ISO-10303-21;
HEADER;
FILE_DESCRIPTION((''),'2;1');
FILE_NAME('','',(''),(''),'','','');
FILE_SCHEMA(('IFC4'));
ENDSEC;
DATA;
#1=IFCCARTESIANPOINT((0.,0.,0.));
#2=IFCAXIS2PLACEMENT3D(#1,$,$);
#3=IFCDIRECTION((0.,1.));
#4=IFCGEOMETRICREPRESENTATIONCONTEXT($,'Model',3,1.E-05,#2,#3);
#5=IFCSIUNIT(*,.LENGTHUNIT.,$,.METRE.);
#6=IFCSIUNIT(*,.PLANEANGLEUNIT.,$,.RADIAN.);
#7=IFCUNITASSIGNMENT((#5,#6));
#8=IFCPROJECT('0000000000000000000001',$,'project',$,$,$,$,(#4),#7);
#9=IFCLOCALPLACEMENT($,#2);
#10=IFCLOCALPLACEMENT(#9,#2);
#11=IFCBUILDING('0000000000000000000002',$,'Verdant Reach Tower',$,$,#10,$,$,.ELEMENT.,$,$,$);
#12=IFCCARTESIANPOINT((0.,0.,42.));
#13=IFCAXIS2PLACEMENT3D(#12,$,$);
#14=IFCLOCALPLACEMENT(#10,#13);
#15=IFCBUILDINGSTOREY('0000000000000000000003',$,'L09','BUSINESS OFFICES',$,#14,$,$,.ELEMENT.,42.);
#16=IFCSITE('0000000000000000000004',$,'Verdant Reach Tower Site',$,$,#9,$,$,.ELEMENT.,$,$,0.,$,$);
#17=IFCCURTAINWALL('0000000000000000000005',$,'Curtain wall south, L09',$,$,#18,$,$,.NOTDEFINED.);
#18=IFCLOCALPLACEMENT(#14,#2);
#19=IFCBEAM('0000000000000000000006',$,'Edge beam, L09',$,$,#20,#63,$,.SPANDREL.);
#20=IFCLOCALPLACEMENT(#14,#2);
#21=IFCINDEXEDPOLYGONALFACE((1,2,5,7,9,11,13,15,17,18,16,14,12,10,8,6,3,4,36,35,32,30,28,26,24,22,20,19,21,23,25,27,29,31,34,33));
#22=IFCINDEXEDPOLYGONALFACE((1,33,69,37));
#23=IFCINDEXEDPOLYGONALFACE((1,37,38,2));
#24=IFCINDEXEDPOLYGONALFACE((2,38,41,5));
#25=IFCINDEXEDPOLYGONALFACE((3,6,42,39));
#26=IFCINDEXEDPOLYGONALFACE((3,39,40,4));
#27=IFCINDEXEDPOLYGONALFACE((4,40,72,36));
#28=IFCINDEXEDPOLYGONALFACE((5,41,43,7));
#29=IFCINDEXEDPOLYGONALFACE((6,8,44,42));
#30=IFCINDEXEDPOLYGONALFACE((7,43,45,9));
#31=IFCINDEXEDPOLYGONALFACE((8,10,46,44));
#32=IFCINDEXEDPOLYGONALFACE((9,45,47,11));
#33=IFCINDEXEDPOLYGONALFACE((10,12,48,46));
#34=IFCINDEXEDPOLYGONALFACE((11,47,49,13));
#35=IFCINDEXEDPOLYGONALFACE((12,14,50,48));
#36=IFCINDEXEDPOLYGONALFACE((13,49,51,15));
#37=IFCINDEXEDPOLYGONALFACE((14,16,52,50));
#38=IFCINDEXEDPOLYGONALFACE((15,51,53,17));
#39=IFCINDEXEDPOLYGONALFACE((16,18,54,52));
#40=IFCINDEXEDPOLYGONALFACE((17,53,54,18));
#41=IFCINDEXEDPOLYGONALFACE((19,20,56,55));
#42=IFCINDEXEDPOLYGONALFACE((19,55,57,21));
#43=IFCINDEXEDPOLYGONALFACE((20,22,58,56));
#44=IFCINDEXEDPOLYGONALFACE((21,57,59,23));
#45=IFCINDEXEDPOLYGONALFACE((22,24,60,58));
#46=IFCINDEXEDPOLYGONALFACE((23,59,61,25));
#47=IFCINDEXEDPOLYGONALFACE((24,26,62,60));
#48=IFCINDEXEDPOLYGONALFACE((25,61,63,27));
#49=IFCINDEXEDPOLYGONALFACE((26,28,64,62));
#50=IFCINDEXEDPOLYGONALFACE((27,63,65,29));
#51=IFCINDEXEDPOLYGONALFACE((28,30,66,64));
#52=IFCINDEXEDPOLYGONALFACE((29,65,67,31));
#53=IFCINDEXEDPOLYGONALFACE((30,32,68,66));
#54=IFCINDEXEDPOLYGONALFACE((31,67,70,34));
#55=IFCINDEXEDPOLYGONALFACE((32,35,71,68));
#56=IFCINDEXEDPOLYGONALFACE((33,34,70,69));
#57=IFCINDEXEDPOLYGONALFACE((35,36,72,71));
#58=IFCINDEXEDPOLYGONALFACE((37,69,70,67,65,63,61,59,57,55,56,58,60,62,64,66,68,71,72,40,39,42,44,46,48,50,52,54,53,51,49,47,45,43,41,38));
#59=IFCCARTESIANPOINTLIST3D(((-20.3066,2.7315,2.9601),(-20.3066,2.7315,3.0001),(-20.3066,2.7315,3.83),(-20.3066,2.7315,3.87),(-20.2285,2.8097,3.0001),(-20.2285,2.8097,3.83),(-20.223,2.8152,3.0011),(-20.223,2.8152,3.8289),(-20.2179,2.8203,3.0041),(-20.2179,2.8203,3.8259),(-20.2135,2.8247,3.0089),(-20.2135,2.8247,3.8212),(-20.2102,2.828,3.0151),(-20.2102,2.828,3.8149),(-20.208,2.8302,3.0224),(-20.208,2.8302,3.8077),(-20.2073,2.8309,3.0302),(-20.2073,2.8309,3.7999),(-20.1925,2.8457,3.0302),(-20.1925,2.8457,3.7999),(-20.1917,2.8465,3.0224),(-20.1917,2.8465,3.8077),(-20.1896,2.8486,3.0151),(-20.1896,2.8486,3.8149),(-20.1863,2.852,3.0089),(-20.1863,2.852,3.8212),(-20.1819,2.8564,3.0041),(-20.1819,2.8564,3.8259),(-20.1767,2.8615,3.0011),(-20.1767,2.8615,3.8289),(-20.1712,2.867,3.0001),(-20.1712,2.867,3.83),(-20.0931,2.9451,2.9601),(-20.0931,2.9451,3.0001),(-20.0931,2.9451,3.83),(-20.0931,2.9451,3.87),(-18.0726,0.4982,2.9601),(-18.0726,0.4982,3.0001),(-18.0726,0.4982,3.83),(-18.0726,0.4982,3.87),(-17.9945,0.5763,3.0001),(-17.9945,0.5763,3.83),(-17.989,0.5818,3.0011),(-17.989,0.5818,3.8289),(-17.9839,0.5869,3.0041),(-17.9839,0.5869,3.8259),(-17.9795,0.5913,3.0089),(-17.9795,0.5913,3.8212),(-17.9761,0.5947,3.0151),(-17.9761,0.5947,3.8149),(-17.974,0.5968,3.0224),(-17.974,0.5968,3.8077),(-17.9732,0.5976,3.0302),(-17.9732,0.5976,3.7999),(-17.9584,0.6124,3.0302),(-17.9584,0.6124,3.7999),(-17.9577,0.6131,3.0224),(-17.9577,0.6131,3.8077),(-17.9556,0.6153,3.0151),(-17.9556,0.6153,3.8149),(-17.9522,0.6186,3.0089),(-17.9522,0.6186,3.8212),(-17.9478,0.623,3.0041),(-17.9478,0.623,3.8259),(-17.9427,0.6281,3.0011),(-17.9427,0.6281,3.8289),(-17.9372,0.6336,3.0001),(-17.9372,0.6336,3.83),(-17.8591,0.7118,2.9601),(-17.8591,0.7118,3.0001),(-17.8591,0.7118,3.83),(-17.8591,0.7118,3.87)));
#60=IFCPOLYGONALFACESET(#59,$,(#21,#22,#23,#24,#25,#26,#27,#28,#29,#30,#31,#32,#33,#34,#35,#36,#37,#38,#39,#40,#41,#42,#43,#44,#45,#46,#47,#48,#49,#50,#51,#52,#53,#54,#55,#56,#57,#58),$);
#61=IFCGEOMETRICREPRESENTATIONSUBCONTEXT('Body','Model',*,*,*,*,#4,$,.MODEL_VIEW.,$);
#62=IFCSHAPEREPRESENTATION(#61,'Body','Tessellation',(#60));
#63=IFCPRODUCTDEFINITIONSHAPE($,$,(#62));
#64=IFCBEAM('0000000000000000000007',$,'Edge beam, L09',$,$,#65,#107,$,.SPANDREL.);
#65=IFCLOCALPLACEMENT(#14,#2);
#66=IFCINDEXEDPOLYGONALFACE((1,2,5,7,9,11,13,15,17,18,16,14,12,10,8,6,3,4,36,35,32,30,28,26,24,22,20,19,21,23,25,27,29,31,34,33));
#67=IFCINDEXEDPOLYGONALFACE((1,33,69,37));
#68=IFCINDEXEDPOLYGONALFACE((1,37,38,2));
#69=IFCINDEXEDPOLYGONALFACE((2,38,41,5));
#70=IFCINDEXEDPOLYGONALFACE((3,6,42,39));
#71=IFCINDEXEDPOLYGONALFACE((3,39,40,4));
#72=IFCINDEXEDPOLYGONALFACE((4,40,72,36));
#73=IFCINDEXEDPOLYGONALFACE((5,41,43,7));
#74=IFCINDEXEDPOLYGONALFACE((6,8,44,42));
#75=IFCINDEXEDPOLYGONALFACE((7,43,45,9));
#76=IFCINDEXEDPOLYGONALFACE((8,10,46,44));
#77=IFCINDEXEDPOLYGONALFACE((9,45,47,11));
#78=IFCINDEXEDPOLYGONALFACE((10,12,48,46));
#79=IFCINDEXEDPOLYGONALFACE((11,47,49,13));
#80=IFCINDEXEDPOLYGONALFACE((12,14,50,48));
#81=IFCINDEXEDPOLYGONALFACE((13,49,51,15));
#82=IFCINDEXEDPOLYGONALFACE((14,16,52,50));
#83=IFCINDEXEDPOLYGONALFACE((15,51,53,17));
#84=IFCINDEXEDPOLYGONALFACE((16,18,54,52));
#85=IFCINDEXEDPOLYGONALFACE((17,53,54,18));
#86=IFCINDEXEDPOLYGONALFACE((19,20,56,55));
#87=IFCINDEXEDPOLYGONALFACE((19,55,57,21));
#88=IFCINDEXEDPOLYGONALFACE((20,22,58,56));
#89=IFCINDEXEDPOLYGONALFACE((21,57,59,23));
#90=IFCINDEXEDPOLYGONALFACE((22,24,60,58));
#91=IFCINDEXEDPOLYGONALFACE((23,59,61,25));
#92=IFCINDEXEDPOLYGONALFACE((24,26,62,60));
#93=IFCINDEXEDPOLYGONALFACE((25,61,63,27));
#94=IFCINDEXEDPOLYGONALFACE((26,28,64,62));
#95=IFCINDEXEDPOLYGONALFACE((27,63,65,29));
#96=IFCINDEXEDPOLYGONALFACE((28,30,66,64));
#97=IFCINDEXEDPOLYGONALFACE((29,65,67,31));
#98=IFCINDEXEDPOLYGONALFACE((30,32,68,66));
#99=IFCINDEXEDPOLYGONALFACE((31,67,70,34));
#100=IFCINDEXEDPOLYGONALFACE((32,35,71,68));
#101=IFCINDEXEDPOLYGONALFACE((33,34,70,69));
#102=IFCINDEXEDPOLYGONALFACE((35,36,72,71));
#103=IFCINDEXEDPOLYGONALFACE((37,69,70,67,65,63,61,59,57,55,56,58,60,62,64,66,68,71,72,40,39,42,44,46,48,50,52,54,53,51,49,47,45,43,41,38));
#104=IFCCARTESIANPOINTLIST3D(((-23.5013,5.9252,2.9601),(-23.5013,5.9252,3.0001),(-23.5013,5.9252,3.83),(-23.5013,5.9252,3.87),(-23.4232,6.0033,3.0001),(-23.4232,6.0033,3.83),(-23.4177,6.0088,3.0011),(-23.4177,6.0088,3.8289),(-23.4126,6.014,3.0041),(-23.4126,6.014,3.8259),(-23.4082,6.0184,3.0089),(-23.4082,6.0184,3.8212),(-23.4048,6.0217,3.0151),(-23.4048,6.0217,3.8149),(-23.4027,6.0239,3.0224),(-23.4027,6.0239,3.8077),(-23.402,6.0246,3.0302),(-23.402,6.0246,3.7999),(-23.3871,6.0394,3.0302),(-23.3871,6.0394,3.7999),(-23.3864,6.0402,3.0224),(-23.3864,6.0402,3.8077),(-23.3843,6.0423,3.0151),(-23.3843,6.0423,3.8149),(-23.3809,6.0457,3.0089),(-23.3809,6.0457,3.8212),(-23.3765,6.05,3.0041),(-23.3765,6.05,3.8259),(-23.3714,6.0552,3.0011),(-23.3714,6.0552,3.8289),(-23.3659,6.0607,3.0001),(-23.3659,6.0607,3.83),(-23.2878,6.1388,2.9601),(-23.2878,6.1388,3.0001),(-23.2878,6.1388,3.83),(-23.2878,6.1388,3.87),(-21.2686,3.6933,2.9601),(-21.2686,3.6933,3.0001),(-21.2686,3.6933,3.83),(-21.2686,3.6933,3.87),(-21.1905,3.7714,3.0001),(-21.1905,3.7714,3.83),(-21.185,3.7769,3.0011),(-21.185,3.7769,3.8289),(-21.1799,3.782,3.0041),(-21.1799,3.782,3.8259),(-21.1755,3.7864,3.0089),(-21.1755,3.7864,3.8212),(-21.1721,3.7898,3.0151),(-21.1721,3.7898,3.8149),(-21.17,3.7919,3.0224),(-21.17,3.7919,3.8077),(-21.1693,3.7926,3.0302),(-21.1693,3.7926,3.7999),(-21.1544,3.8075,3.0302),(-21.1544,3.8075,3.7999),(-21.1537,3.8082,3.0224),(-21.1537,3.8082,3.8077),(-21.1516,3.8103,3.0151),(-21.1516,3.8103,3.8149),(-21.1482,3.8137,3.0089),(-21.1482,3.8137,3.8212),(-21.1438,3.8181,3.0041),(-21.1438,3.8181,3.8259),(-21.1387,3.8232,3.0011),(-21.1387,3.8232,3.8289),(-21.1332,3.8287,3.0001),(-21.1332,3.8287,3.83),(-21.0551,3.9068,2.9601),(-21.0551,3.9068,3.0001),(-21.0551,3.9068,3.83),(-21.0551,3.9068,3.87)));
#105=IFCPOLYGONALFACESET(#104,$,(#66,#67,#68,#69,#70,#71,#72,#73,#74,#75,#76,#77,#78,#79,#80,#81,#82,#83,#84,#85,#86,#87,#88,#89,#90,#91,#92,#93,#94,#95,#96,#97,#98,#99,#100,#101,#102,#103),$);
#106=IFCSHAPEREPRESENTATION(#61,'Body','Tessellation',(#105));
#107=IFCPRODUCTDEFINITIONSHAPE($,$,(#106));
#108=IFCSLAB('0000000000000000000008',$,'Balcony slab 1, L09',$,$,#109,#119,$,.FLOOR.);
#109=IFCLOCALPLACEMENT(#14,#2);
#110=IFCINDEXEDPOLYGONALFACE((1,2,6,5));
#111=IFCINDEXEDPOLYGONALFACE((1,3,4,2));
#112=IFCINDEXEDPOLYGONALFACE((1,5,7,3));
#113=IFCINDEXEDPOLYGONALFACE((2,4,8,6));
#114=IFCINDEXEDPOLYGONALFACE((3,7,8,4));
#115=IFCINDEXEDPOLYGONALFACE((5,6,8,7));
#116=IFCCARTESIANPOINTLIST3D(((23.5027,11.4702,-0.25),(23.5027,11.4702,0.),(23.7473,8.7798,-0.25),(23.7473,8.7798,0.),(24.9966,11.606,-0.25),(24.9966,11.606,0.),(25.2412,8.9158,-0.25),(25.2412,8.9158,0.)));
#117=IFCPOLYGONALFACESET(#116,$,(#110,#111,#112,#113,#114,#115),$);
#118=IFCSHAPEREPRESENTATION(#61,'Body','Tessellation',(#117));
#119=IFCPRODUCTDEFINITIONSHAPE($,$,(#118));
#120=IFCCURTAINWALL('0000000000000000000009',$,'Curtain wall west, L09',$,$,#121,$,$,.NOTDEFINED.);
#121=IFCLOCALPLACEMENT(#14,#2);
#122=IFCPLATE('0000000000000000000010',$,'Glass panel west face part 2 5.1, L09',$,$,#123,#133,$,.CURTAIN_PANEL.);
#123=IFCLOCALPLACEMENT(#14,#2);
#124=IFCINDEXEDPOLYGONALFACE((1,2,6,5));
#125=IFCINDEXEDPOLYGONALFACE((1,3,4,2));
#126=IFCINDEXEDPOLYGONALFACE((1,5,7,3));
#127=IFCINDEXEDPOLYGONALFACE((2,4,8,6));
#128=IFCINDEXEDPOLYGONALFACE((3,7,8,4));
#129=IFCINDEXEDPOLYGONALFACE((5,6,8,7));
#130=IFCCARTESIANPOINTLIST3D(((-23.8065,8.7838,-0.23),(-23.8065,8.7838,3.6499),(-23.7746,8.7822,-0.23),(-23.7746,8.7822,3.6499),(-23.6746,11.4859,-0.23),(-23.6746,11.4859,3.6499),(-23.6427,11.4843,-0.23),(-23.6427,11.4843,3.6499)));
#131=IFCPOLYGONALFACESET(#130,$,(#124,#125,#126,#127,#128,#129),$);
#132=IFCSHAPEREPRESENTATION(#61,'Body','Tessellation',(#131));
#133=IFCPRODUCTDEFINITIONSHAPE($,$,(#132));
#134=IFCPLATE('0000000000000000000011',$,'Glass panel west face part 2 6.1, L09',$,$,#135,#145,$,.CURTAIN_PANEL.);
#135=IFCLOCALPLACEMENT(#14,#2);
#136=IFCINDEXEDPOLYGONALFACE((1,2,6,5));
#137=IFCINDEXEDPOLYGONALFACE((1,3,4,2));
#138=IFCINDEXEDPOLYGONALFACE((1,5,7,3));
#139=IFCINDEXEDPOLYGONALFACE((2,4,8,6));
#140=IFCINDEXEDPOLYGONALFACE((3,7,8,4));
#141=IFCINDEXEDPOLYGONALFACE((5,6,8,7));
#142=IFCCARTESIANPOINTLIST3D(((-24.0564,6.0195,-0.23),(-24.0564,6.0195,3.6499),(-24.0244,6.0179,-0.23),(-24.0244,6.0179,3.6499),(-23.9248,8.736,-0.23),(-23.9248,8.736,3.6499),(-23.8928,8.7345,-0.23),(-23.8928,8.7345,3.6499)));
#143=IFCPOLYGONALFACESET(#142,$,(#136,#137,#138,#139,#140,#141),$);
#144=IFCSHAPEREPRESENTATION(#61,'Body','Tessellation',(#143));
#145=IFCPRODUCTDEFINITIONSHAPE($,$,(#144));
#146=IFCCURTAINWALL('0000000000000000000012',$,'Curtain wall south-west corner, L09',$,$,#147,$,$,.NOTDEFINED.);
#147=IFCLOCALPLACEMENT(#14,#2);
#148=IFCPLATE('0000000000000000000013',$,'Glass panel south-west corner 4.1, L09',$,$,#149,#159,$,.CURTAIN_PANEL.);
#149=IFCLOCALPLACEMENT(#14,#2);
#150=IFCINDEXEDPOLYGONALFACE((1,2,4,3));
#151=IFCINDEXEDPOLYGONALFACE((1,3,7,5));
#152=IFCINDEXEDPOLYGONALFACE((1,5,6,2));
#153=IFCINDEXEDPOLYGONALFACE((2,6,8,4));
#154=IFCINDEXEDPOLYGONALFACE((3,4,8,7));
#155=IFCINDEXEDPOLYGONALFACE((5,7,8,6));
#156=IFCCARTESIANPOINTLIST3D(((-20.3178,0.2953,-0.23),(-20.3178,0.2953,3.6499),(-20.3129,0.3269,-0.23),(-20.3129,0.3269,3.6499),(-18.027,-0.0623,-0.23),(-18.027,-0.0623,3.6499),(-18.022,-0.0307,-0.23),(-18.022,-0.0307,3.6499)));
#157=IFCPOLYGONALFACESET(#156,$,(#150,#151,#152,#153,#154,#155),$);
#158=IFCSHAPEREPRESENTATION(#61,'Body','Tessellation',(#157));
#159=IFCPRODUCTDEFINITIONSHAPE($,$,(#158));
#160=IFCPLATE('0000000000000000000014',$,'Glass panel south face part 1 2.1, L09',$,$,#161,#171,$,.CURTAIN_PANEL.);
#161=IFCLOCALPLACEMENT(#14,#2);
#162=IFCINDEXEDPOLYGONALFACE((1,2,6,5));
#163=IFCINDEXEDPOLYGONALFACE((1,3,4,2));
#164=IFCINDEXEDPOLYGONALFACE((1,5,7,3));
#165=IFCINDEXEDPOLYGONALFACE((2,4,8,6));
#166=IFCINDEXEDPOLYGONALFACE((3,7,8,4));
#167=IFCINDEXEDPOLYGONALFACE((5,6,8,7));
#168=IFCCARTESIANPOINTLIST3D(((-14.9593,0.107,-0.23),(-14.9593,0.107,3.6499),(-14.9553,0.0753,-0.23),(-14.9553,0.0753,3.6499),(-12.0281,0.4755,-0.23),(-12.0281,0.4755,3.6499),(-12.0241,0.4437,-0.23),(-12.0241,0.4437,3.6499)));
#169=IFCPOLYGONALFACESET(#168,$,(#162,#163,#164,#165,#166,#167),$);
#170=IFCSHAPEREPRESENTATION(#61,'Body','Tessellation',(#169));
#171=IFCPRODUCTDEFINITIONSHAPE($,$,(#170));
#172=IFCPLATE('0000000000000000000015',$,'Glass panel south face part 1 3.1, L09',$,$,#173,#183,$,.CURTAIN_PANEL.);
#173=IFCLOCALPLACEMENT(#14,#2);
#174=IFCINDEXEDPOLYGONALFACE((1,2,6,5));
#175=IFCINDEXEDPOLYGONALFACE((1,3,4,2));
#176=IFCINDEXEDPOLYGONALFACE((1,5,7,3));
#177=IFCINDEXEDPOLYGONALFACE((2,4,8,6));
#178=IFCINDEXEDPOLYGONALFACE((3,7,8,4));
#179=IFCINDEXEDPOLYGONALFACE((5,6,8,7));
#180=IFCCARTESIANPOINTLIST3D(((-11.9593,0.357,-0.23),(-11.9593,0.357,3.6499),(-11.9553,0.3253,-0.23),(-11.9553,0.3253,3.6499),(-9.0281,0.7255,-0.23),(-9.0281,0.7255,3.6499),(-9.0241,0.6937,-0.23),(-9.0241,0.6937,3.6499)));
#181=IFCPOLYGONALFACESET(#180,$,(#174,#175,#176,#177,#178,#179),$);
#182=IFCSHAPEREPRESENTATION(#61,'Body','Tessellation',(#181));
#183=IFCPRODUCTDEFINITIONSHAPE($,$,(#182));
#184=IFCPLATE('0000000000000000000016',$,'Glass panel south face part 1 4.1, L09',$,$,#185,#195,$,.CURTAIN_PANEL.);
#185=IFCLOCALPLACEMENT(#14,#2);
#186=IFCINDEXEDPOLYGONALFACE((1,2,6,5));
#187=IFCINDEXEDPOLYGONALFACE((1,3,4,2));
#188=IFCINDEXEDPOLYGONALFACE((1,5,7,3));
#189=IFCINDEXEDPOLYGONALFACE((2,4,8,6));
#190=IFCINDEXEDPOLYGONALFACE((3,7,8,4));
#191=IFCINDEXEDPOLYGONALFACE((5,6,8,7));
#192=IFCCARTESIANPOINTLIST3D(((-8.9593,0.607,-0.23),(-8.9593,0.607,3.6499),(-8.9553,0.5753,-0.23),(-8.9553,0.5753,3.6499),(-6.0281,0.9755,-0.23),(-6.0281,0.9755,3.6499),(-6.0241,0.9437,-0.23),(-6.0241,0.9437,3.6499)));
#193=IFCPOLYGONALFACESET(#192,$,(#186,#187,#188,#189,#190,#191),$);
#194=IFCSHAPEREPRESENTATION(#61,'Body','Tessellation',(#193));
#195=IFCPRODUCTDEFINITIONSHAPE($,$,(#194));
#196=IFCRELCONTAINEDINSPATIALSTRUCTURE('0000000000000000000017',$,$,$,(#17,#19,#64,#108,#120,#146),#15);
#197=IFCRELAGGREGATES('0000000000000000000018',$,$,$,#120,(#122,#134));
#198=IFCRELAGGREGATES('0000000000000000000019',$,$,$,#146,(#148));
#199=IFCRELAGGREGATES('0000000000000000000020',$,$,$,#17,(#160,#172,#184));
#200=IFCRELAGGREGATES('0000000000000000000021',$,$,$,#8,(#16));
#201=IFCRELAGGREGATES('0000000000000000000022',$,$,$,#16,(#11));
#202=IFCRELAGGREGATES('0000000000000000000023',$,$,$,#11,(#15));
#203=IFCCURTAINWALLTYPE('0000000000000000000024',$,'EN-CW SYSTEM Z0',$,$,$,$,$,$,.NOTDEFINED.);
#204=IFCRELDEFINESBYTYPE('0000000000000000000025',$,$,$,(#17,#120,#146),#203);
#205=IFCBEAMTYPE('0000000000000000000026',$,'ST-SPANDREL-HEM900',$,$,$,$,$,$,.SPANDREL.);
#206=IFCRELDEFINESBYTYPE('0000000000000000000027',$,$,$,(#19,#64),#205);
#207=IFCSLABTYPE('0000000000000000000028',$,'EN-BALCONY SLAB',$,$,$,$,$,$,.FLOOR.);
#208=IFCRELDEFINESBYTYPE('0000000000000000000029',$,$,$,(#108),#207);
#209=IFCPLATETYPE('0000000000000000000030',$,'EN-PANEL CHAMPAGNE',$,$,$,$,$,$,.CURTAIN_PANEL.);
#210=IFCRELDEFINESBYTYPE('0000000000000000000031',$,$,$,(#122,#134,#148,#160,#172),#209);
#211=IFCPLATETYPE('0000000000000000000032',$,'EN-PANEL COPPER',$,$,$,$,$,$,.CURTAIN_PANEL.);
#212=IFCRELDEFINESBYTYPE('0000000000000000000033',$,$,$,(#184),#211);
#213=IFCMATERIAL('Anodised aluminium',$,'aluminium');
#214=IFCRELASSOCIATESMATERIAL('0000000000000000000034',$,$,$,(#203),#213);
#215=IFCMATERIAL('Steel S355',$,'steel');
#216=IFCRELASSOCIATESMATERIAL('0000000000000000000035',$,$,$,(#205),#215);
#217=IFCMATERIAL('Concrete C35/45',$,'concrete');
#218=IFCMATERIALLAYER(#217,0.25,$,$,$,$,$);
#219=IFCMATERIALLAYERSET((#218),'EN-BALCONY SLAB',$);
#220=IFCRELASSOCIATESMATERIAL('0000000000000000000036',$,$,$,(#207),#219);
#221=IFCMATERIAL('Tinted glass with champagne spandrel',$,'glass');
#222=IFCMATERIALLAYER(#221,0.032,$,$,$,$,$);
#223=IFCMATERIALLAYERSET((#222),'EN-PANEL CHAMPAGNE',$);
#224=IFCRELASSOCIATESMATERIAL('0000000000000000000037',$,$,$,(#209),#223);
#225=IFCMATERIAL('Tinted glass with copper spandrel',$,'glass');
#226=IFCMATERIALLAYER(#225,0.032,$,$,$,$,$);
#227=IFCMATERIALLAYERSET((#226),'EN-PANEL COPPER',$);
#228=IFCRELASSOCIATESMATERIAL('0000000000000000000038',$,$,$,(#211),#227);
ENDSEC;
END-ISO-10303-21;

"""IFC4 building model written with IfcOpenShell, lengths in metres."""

from ifc_helpers import new_model, si_unit, direction, frame, origin, origin_2d, place, context, subcontext, project, spatial, polyline, rectangle, i_section, outline, extrude, material, layer, layer_set, material_profile, profile_set, type_object, element, aggregate, save


model = new_model("IFC4")

# Units and contexts
model_context = context("Model", 3, precision=1e-05, world=origin(), true_north=direction((0.0, 1.0)))
body_context = subcontext(model_context, "Body", "Model", "MODEL_VIEW")
ifc_project = project(units=[si_unit("LENGTHUNIT", "METRE"), si_unit("PLANEANGLEUNIT", "RADIAN")], contexts=[model_context])

# Site, building, storey
site_placement = place(None, origin())
site = spatial("IfcSite", under=ifc_project, at=site_placement, Name="Verdant Reach Tower Site", CompositionType="ELEMENT", RefElevation=0.0)
building_placement = place(site_placement, origin())
building = spatial("IfcBuilding", under=site, at=building_placement, Name="Verdant Reach Tower", CompositionType="ELEMENT")
storey_placement = place(building_placement, frame((0.0, 0.0, 42.0)))
storey = spatial("IfcBuildingStorey", under=building, at=storey_placement, Name="L09", Description="BUSINESS OFFICES", CompositionType="ELEMENT", Elevation=42.0)

# Curtain wall
ifc_material_1 = material(Name="Anodised aluminium", Category="aluminium")
curtain_wall_type = type_object("IfcCurtainWallType", Name="EN-CW SYSTEM Z0", PredefinedType="NOTDEFINED", material=ifc_material_1)
curtain_wall_1_placement = place(storey_placement, origin())
curtain_wall_1 = element("IfcCurtainWall", 1, at=curtain_wall_1_placement, inside=storey, type_object=curtain_wall_type, Name="Curtain wall south, L09", PredefinedType="NOTDEFINED")

# Beams
ifc_material_2 = material(Name="Steel S355", Category="steel")
ifc_material_profile_1 = material_profile(ifc_material_2, i_section(OverallWidth=0.302, OverallDepth=0.9099, WebThickness=0.021, FlangeThickness=0.04, FilletRadius=0.03, at=origin_2d()), Name="HEM 900")
ifc_profile_set_1 = profile_set([ifc_material_profile_1], Name="Steel S355")
beam_type_1 = type_object("IfcBeamType", Name="ST-SPANDREL-HEM900", PredefinedType="SPANDREL", material=ifc_profile_set_1)
beam_1_placement = place(storey_placement, frame((-17.9658, 0.605, 3.415), z_axis=(-0.707223, 0.706991, 0.0), x_axis=(-0.706991, -0.707223, 0.0)))
element("IfcBeam", 2, at=beam_1_placement, inside=storey, type_object=beam_type_1, Name="Edge beam, L09", PredefinedType="SPANDREL", context=body_context, shape_type="SweptSolid", body=[
    extrude(i_section(OverallWidth=0.302, OverallDepth=0.9099, WebThickness=0.021, FlangeThickness=0.04, FilletRadius=0.03, at=origin_2d()), origin(), (0.0, 0.0, 1.0), 3.1589),
])
beam_2_placement = place(storey_placement, frame((-21.1619, 3.8, 3.415), z_axis=(-0.707223, 0.706991, 0.0), x_axis=(-0.706991, -0.707223, 0.0)))
element("IfcBeam", 3, at=beam_2_placement, inside=storey, type_object=beam_type_1, Name="Edge beam, L09", PredefinedType="SPANDREL", context=body_context, shape_type="SweptSolid", body=[
    extrude(i_section(OverallWidth=0.302, OverallDepth=0.9099, WebThickness=0.021, FlangeThickness=0.04, FilletRadius=0.03, at=origin_2d()), origin(), (0.0, 0.0, 1.0), 3.157),
])

# Slab
ifc_material_3 = material(Name="Concrete C35/45", Category="concrete")
ifc_layer_1 = layer(ifc_material_3, 0.25)
ifc_layer_set_1 = layer_set([ifc_layer_1], Name="EN-BALCONY SLAB")
slab_type_1 = type_object("IfcSlabType", Name="EN-BALCONY SLAB", PredefinedType="FLOOR", material=ifc_layer_set_1)
slab_1_placement = place(storey_placement, frame((0.0, 0.0, -0.25)))
element("IfcSlab", 4, at=slab_1_placement, inside=storey, type_object=slab_type_1, Name="Balcony slab 1, L09", PredefinedType="FLOOR", context=body_context, shape_type="SweptSolid", body=[
    extrude(outline(polyline([(23.7473, 8.7798), (23.5027, 11.4702), (24.9966, 11.606), (25.2412, 8.9158), (23.7473, 8.7798)])), origin(), (0.0, 0.0, 1.0), 0.25),
])

# Curtain wall, plates
curtain_wall_2_placement = place(storey_placement, origin())
curtain_wall_2 = element("IfcCurtainWall", 5, at=curtain_wall_2_placement, inside=storey, type_object=curtain_wall_type, Name="Curtain wall west, L09", PredefinedType="NOTDEFINED")
ifc_material_4 = material(Name="Tinted glass with champagne spandrel", Category="glass")
ifc_layer_2 = layer(ifc_material_4, 0.032)
ifc_layer_set_2 = layer_set([ifc_layer_2], Name="EN-PANEL CHAMPAGNE")
plate_type_1 = type_object("IfcPlateType", Name="EN-PANEL CHAMPAGNE", PredefinedType="CURTAIN_PANEL", material=ifc_layer_set_2)
plate_1_placement = place(storey_placement, frame((-23.7246, 10.134, -0.23), z_axis=(0.0, 0.0, 1.0), x_axis=(-0.048753, -0.998811, 0.0)))
plate_1 = element("IfcPlate", 6, at=plate_1_placement, type_object=plate_type_1, Name="Glass panel west face part 2 5.1, L09", PredefinedType="CURTAIN_PANEL", context=body_context, shape_type="SweptSolid", body=[
    extrude(rectangle(XDim=2.7053, YDim=0.032, at=origin_2d()), origin(), (0.0, 0.0, 1.0), 3.8799),
])
plate_2_placement = place(storey_placement, frame((-23.9746, 7.377, -0.23), z_axis=(0.0, 0.0, 1.0), x_axis=(-0.048383, -0.998829, 0.0)))
plate_2 = element("IfcPlate", 7, at=plate_2_placement, type_object=plate_type_1, Name="Glass panel west face part 2 6.1, L09", PredefinedType="CURTAIN_PANEL", context=body_context, shape_type="SweptSolid", body=[
    extrude(rectangle(XDim=2.7197, YDim=0.032, at=origin_2d()), origin(), (0.0, 0.0, 1.0), 3.8799),
])

# Curtain wall, plate
curtain_wall_3_placement = place(storey_placement, origin())
curtain_wall_3 = element("IfcCurtainWall", 8, at=curtain_wall_3_placement, inside=storey, type_object=curtain_wall_type, Name="Curtain wall south-west corner, L09", PredefinedType="NOTDEFINED")
plate_3_placement = place(storey_placement, frame((-19.1699, 0.1323, -0.23), z_axis=(0.0, 0.0, 1.0), x_axis=(0.988035, -0.154233, 0.0)))
plate_3 = element("IfcPlate", 9, at=plate_3_placement, type_object=plate_type_1, Name="Glass panel south-west corner 4.1, L09", PredefinedType="CURTAIN_PANEL", context=body_context, shape_type="SweptSolid", body=[
    extrude(rectangle(XDim=2.3186, YDim=0.032, at=origin_2d()), origin(), (0.0, 0.0, 1.0), 3.8799),
])

# Plates
plate_4_placement = place(storey_placement, frame((-13.4917, 0.2754, -0.23), z_axis=(0.0, 0.0, 1.0), x_axis=(0.992194, 0.124704, 0.0)))
plate_4 = element("IfcPlate", 10, at=plate_4_placement, type_object=plate_type_1, Name="Glass panel south face part 1 2.1, L09", PredefinedType="CURTAIN_PANEL", context=body_context, shape_type="SweptSolid", body=[
    extrude(rectangle(XDim=2.9543, YDim=0.032, at=origin_2d()), origin(), (0.0, 0.0, 1.0), 3.8799),
])
plate_5_placement = place(storey_placement, frame((-10.4917, 0.5254, -0.23), z_axis=(0.0, 0.0, 1.0), x_axis=(0.992194, 0.124704, 0.0)))
plate_5 = element("IfcPlate", 11, at=plate_5_placement, type_object=plate_type_1, Name="Glass panel south face part 1 3.1, L09", PredefinedType="CURTAIN_PANEL", context=body_context, shape_type="SweptSolid", body=[
    extrude(rectangle(XDim=2.9543, YDim=0.032, at=origin_2d()), origin(), (0.0, 0.0, 1.0), 3.8799),
])
ifc_material_5 = material(Name="Tinted glass with copper spandrel", Category="glass")
ifc_layer_3 = layer(ifc_material_5, 0.032)
ifc_layer_set_3 = layer_set([ifc_layer_3], Name="EN-PANEL COPPER")
plate_type_2 = type_object("IfcPlateType", Name="EN-PANEL COPPER", PredefinedType="CURTAIN_PANEL", material=ifc_layer_set_3)
plate_6_placement = place(storey_placement, frame((-7.4917, 0.7754, -0.23), z_axis=(0.0, 0.0, 1.0), x_axis=(0.992194, 0.124704, 0.0)))
plate_6 = element("IfcPlate", 12, at=plate_6_placement, type_object=plate_type_2, Name="Glass panel south face part 1 4.1, L09", PredefinedType="CURTAIN_PANEL", context=body_context, shape_type="SweptSolid", body=[
    extrude(rectangle(XDim=2.9543, YDim=0.032, at=origin_2d()), origin(), (0.0, 0.0, 1.0), 3.8799),
])
aggregate(curtain_wall_2, [plate_1, plate_2])
aggregate(curtain_wall_3, [plate_3])
aggregate(curtain_wall_1, [plate_4, plate_5, plate_6])

save(model, "model.ifc")
